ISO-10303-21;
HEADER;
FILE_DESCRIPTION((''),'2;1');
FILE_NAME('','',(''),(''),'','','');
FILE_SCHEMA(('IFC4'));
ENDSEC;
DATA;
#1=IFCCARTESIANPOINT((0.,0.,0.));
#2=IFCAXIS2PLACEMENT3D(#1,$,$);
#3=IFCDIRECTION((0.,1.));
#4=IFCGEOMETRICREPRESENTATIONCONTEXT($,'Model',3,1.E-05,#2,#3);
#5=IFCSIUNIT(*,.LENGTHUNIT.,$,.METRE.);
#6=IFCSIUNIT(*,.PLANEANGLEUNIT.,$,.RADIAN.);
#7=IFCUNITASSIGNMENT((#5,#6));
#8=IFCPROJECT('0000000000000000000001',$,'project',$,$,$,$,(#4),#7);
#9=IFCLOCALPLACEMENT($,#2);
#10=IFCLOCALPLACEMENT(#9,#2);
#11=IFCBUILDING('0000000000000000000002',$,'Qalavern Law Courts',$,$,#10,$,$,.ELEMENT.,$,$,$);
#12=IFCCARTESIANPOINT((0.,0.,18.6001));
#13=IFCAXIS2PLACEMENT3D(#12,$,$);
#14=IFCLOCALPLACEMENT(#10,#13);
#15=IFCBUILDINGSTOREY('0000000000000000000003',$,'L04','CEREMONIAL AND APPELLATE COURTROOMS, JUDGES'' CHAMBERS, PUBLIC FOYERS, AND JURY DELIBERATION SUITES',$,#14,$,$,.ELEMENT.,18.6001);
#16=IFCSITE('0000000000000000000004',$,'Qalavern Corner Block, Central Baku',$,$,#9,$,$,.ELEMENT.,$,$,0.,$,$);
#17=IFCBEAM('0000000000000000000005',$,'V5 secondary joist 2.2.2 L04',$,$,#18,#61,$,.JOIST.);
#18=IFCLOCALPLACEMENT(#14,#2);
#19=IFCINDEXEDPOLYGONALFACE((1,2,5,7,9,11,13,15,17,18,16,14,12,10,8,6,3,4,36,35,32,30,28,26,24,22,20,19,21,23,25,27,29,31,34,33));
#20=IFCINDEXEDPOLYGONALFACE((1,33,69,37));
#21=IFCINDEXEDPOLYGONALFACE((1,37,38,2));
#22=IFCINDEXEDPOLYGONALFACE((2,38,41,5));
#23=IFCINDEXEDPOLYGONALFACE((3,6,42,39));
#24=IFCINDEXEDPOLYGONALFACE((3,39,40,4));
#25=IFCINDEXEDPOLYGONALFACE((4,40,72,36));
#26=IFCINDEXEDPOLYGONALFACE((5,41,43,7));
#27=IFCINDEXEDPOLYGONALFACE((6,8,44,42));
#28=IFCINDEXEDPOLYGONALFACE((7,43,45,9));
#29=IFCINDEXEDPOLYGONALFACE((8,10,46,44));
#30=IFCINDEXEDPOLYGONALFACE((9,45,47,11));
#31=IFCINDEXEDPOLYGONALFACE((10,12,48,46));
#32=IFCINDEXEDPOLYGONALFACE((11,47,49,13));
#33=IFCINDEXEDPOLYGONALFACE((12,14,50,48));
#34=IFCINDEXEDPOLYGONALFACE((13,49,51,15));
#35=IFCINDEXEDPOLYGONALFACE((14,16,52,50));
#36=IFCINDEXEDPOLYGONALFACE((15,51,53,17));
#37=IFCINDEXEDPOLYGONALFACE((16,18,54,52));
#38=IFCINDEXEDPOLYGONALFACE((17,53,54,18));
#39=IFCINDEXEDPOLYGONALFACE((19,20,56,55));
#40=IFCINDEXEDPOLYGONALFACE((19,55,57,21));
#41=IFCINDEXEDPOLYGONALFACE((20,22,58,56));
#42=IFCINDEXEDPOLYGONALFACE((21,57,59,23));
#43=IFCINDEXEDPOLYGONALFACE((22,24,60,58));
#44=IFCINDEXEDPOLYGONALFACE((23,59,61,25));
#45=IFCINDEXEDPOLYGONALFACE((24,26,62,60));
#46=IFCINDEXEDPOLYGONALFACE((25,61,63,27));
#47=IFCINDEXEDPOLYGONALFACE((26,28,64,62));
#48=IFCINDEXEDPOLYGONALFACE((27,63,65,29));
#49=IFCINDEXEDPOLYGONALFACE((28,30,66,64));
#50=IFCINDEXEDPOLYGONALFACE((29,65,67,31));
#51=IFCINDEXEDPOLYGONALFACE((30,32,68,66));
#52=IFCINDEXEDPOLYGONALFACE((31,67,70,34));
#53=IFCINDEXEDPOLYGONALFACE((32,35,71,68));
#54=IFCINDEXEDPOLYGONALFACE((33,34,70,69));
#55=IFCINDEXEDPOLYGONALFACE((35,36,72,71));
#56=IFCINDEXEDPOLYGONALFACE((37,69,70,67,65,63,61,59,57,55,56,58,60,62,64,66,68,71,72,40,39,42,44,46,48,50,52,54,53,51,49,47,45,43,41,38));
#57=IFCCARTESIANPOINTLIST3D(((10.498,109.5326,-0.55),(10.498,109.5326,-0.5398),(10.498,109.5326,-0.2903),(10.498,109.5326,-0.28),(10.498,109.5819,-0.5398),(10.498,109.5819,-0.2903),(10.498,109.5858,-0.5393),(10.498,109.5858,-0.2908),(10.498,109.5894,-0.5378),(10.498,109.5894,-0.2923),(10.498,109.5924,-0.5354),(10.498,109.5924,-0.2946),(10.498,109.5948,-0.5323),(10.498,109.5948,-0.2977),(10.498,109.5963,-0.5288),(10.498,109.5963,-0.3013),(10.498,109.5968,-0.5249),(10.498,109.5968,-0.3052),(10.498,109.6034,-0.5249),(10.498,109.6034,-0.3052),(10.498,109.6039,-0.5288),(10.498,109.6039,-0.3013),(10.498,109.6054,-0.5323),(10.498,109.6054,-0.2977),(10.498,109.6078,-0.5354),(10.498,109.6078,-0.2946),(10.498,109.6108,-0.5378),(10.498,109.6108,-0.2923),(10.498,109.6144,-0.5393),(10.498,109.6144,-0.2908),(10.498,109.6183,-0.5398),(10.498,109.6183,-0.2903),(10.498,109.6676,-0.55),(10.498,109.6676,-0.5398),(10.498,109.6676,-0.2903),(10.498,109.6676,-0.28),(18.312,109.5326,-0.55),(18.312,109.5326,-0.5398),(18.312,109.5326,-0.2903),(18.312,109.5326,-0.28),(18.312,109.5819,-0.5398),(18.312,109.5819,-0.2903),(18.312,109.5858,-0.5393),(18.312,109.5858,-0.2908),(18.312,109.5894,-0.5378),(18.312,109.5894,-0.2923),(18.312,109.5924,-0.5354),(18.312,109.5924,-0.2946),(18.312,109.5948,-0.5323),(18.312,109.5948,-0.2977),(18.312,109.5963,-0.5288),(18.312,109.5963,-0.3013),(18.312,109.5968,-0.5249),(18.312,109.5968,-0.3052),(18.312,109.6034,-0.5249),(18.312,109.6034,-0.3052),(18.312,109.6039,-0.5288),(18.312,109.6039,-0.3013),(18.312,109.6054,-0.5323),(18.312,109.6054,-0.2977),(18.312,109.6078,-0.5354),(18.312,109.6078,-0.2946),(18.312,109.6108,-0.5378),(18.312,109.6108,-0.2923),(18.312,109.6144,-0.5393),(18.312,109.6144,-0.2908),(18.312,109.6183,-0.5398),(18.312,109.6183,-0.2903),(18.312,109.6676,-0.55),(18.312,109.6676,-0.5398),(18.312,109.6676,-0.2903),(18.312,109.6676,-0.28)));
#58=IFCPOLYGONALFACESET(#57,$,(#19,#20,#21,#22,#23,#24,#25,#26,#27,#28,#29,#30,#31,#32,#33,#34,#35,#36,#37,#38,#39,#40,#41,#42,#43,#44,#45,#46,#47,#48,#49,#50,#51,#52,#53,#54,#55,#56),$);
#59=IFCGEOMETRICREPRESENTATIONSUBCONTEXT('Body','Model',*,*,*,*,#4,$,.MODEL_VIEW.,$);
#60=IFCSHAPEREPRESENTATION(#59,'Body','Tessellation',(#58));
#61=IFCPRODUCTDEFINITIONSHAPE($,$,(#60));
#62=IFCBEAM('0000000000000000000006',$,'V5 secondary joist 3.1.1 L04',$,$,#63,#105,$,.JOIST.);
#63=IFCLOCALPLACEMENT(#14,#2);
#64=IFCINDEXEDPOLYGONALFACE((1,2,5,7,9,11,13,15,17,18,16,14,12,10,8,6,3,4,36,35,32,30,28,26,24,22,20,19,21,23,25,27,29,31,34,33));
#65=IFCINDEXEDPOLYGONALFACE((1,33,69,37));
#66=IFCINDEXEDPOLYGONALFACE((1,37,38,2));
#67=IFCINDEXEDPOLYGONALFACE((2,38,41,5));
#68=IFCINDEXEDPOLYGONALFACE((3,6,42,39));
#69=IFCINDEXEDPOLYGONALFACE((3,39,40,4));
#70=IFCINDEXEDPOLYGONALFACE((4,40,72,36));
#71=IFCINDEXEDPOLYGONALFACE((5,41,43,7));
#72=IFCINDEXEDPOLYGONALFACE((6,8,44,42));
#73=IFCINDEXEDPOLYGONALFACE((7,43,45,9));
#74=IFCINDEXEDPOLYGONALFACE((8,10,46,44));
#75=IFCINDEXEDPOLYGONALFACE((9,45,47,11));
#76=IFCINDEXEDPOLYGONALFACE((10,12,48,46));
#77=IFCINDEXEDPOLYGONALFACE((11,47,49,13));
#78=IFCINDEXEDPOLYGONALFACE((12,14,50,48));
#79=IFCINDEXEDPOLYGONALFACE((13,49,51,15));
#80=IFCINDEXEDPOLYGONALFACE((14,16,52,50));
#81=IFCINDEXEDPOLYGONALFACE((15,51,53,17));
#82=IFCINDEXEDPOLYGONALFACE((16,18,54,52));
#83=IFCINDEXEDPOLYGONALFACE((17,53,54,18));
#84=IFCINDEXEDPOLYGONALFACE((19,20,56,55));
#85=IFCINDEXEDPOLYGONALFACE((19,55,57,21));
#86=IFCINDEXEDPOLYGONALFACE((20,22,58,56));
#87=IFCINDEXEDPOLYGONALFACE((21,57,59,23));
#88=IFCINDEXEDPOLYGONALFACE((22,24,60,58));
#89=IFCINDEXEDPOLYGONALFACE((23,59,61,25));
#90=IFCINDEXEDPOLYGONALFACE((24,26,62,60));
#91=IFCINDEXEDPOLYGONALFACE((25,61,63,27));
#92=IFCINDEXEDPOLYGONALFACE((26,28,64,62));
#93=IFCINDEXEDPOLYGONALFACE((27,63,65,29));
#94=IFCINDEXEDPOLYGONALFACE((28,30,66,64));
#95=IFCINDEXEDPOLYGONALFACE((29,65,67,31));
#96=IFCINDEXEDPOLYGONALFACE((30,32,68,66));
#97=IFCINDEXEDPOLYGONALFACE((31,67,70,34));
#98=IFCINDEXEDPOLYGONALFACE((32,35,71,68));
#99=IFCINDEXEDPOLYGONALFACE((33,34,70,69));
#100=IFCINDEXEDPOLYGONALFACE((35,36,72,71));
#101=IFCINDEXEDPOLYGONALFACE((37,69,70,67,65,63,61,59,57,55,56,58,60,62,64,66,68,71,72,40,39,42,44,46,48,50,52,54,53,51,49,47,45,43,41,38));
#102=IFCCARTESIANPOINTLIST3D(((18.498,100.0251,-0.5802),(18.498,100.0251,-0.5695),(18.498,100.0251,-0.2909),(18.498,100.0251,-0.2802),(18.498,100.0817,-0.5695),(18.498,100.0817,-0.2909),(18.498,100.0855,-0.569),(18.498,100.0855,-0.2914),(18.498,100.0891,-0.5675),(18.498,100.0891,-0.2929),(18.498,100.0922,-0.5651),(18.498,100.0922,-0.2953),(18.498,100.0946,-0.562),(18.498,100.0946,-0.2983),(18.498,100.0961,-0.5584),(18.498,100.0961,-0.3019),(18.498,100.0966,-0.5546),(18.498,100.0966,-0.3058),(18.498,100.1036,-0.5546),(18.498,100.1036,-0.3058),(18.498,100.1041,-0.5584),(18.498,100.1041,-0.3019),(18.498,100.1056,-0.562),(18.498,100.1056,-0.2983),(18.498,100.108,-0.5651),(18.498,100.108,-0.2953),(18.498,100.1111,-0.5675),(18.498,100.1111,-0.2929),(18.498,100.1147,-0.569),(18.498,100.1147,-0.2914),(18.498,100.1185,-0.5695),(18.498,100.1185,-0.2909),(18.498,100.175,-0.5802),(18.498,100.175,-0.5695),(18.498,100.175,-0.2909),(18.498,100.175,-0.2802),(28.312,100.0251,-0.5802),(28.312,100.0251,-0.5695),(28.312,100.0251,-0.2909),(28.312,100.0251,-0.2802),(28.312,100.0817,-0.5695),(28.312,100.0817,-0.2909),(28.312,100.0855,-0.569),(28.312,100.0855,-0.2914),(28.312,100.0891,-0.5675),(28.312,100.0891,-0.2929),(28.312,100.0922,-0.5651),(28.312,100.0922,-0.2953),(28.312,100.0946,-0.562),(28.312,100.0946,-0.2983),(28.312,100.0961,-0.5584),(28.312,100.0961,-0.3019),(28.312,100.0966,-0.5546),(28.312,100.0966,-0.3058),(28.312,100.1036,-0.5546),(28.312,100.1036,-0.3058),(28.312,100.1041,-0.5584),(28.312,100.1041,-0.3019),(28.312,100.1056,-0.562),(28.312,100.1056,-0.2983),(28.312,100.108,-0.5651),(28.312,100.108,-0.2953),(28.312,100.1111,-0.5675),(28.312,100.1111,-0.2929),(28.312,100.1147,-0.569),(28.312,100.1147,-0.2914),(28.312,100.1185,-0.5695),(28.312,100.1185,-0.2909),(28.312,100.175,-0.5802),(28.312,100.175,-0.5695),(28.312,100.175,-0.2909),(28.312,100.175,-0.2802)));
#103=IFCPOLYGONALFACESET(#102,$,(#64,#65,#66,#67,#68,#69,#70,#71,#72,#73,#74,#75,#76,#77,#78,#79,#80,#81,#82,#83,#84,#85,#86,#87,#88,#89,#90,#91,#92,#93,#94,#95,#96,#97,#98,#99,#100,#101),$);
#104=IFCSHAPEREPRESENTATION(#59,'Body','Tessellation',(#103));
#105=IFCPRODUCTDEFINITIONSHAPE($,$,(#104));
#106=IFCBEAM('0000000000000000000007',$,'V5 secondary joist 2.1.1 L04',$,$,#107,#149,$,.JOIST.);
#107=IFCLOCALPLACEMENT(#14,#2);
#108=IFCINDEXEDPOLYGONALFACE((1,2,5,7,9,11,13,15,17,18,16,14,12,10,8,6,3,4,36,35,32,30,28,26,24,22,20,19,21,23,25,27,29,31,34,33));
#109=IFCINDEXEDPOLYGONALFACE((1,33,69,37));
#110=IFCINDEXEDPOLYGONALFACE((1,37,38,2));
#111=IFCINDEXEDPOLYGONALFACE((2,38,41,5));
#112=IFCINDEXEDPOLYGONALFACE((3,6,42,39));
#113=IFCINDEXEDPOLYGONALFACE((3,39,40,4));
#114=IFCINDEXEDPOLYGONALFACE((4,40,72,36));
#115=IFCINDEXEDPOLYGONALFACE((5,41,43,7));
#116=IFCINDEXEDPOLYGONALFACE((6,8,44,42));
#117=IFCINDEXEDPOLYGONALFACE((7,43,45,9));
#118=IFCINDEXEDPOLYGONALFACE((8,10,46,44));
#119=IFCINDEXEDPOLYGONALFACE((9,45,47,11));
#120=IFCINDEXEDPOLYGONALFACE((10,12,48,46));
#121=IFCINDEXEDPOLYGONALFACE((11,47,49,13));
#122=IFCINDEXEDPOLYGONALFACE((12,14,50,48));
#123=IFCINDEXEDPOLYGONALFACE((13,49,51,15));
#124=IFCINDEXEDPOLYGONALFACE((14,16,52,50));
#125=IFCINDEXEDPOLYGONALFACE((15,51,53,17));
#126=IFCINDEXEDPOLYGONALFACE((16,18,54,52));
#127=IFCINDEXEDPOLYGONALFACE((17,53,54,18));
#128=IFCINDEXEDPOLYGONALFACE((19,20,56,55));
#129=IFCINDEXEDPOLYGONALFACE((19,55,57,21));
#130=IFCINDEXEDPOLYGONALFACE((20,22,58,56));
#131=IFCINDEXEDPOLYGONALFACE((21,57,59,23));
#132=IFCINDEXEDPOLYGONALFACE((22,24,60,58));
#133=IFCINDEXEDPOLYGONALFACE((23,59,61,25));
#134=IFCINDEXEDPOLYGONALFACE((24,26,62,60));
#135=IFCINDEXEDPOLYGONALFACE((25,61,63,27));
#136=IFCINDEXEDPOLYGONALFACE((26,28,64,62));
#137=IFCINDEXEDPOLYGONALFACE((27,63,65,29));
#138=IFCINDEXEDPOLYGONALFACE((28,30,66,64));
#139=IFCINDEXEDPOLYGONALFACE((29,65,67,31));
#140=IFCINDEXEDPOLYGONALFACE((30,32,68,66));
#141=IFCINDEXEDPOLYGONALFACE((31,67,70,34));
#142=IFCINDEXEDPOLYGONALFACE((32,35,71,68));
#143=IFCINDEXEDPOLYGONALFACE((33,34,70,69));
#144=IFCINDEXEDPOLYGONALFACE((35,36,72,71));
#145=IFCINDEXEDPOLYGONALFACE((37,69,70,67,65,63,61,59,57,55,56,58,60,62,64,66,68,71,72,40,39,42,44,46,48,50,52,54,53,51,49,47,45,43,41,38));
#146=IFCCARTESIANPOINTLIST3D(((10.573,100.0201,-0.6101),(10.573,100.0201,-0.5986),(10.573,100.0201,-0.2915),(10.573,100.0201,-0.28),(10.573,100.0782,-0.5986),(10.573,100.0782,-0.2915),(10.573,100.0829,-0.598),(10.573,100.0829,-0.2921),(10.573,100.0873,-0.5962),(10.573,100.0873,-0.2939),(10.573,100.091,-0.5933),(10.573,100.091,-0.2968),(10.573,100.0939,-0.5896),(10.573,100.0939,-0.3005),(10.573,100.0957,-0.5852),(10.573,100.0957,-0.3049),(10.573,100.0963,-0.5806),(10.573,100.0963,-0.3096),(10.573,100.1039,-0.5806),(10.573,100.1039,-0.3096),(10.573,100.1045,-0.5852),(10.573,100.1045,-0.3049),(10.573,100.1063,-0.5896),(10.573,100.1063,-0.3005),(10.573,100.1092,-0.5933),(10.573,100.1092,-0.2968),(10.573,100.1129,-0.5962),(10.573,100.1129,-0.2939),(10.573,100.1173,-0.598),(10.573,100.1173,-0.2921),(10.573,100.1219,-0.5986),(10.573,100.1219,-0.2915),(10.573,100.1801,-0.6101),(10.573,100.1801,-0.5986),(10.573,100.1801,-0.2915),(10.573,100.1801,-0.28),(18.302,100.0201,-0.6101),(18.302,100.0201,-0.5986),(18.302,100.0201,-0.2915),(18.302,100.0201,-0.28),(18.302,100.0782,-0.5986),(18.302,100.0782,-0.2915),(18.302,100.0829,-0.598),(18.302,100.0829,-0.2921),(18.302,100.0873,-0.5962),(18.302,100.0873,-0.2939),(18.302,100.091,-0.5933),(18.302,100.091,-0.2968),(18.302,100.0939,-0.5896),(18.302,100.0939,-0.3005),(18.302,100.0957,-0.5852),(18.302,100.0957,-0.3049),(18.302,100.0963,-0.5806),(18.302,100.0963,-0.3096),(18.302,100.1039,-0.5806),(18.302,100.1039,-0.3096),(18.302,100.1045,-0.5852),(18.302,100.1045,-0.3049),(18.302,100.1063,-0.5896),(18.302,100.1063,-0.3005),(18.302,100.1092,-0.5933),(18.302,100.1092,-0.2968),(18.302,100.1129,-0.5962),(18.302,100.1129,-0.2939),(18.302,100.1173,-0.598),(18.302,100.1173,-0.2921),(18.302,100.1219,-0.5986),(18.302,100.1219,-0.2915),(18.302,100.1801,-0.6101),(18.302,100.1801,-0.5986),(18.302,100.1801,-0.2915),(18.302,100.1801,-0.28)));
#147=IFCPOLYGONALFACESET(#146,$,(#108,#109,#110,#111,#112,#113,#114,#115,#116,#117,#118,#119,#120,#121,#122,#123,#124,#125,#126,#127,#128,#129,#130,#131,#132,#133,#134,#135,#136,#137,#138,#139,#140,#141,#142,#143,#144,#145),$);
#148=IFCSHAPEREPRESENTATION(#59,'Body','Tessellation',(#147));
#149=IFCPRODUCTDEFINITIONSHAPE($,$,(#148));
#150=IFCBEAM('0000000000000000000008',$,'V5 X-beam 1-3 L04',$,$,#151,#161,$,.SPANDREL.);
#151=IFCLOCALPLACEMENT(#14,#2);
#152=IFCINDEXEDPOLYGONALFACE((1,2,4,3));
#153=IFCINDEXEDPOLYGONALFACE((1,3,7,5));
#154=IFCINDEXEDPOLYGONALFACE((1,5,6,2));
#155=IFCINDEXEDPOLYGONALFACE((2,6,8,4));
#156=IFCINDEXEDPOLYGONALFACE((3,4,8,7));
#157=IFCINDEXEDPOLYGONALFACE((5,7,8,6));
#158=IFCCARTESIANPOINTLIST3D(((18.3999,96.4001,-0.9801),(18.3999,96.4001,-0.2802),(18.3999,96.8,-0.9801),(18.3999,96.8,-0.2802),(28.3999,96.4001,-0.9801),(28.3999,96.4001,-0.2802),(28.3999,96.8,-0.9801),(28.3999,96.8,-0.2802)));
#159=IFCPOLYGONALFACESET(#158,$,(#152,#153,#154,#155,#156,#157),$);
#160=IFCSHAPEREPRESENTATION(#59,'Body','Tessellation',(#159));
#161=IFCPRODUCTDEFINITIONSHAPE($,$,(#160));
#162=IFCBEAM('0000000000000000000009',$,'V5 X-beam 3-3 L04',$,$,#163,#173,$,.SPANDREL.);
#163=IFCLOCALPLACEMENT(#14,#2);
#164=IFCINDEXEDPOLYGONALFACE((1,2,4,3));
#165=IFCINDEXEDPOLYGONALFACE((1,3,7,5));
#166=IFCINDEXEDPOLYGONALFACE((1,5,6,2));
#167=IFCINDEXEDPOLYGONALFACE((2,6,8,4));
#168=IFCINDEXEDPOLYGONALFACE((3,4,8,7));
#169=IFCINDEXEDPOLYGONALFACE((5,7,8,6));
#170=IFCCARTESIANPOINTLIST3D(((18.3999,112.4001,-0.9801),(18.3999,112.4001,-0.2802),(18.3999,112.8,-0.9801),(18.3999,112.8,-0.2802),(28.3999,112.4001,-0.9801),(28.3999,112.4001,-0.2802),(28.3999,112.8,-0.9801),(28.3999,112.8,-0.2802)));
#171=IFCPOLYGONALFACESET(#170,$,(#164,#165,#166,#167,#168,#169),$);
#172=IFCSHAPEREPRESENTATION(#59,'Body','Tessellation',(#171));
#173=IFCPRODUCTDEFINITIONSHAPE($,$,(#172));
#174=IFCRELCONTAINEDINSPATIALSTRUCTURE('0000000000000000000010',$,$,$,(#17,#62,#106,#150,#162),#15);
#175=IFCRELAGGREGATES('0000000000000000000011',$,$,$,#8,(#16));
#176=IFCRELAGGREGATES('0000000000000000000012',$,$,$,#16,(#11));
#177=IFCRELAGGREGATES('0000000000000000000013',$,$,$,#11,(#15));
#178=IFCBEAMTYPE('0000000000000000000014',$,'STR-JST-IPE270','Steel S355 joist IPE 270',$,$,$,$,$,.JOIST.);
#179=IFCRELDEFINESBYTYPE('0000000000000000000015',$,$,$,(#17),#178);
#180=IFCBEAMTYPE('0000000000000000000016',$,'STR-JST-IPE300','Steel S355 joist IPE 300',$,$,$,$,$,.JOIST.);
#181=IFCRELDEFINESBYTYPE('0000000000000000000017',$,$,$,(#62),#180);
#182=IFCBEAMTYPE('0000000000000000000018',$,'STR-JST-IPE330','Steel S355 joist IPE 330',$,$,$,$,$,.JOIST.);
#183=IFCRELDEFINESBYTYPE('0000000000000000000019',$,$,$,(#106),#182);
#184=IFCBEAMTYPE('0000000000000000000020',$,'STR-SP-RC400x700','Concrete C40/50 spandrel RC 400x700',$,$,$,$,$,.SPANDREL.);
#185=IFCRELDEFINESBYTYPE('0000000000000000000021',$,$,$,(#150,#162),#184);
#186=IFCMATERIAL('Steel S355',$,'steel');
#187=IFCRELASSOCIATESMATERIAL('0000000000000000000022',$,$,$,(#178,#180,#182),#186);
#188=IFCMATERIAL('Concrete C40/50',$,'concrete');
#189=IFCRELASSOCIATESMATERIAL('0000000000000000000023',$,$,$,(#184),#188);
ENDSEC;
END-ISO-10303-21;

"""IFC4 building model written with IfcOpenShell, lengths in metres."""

from ifc_helpers import new_model, si_unit, direction, frame, origin, origin_2d, place, context, subcontext, project, spatial, rectangle, i_section, extrude, material, material_profile, profile_set, type_object, element, save


model = new_model("IFC4")

# Units and contexts
model_context = context("Model", 3, precision=1e-05, world=origin(), true_north=direction((0.0, 1.0)))
body_context = subcontext(model_context, "Body", "Model", "MODEL_VIEW")
ifc_project = project(units=[si_unit("LENGTHUNIT", "METRE"), si_unit("PLANEANGLEUNIT", "RADIAN")], contexts=[model_context])

# Site, building, storey
site_placement = place(None, origin())
site = spatial("IfcSite", under=ifc_project, at=site_placement, Name="Qalavern Corner Block, Central Baku", CompositionType="ELEMENT", RefElevation=0.0)
building_placement = place(site_placement, origin())
building = spatial("IfcBuilding", under=site, at=building_placement, Name="Qalavern Law Courts", CompositionType="ELEMENT")
storey_placement = place(building_placement, frame((0.0, 0.0, 18.6001)))
storey = spatial("IfcBuildingStorey", under=building, at=storey_placement, Name="L04", Description="CEREMONIAL AND APPELLATE COURTROOMS, JUDGES' CHAMBERS, PUBLIC FOYERS, AND JURY DELIBERATION SUITES", CompositionType="ELEMENT", Elevation=18.6001)

# Beams
ifc_material_1 = material(Name="Steel S355", Category="steel")
ifc_material_profile_1 = material_profile(ifc_material_1, i_section(OverallWidth=0.135, OverallDepth=0.27, WebThickness=0.0066, FlangeThickness=0.0103, FilletRadius=0.0149, at=origin_2d()), Name="IPE 270")
ifc_profile_set_1 = profile_set([ifc_material_profile_1], Name="Steel S355")
beam_type_1 = type_object("IfcBeamType", Name="STR-JST-IPE270", Description="Steel S355 joist IPE 270", PredefinedType="JOIST", material=ifc_profile_set_1)
beam_1_placement = place(storey_placement, frame((10.498, 109.6001, -0.415), z_axis=(1.0, 0.0, 0.0), x_axis=(0.0, 1.0, 0.0)))
element("IfcBeam", 1, at=beam_1_placement, inside=storey, type_object=beam_type_1, Name="V5 secondary joist 2.2.2 L04", PredefinedType="JOIST", context=body_context, shape_type="SweptSolid", body=[
    extrude(i_section(OverallWidth=0.135, OverallDepth=0.27, WebThickness=0.0066, FlangeThickness=0.0103, FilletRadius=0.0149, at=origin_2d()), origin(), (0.0, 0.0, 1.0), 7.814),
])
ifc_material_profile_2 = material_profile(ifc_material_1, i_section(OverallWidth=0.1499, OverallDepth=0.3, WebThickness=0.0071, FlangeThickness=0.0107, FilletRadius=0.0149, at=origin_2d()), Name="IPE 300")
ifc_profile_set_2 = profile_set([ifc_material_profile_2], Name="Steel S355")
beam_type_2 = type_object("IfcBeamType", Name="STR-JST-IPE300", Description="Steel S355 joist IPE 300", PredefinedType="JOIST", material=ifc_profile_set_2)
beam_2_placement = place(storey_placement, frame((18.498, 100.1001, -0.4302), z_axis=(1.0, 0.0, 0.0), x_axis=(0.0, 1.0, 0.0)))
element("IfcBeam", 2, at=beam_2_placement, inside=storey, type_object=beam_type_2, Name="V5 secondary joist 3.1.1 L04", PredefinedType="JOIST", context=body_context, shape_type="SweptSolid", body=[
    extrude(i_section(OverallWidth=0.1499, OverallDepth=0.3, WebThickness=0.0071, FlangeThickness=0.0107, FilletRadius=0.0149, at=origin_2d()), origin(), (0.0, 0.0, 1.0), 9.814),
])
ifc_material_profile_3 = material_profile(ifc_material_1, i_section(OverallWidth=0.1599, OverallDepth=0.3301, WebThickness=0.0076, FlangeThickness=0.0115, FilletRadius=0.0181, at=origin_2d()), Name="IPE 330")
ifc_profile_set_3 = profile_set([ifc_material_profile_3], Name="Steel S355")
beam_type_3 = type_object("IfcBeamType", Name="STR-JST-IPE330", Description="Steel S355 joist IPE 330", PredefinedType="JOIST", material=ifc_profile_set_3)
beam_3_placement = place(storey_placement, frame((10.573, 100.1001, -0.4451), z_axis=(1.0, 0.0, 0.0), x_axis=(0.0, 1.0, 0.0)))
element("IfcBeam", 3, at=beam_3_placement, inside=storey, type_object=beam_type_3, Name="V5 secondary joist 2.1.1 L04", PredefinedType="JOIST", context=body_context, shape_type="SweptSolid", body=[
    extrude(i_section(OverallWidth=0.1599, OverallDepth=0.3301, WebThickness=0.0076, FlangeThickness=0.0115, FilletRadius=0.0181, at=origin_2d()), origin(), (0.0, 0.0, 1.0), 7.729),
])
ifc_material_2 = material(Name="Concrete C40/50", Category="concrete")
ifc_material_profile_4 = material_profile(ifc_material_2, rectangle(XDim=0.3999, YDim=0.7, at=origin_2d()), Name="RC 400x700")
ifc_profile_set_4 = profile_set([ifc_material_profile_4], Name="Concrete C40/50")
beam_type_4 = type_object("IfcBeamType", Name="STR-SP-RC400x700", Description="Concrete C40/50 spandrel RC 400x700", PredefinedType="SPANDREL", material=ifc_profile_set_4)
for number, where, z_axis, x_axis, name in (
    (4, (18.3999, 96.6001, -0.6301), (1.0, 0.0, 0.0), (0.0, 1.0, 0.0), "V5 X-beam 1-3 L04"),
    (5, (18.3999, 112.6001, -0.6301), (1.0, 0.0, 0.0), (0.0, 1.0, 0.0), "V5 X-beam 3-3 L04"),
):
    element("IfcBeam", number, at=place(storey_placement, frame(where, z_axis=z_axis, x_axis=x_axis)), inside=storey, type_object=beam_type_4, Name=name, PredefinedType="SPANDREL", context=body_context, shape_type="SweptSolid", body=[
        extrude(rectangle(XDim=0.3999, YDim=0.7, at=origin_2d()), origin(), (0.0, 0.0, 1.0), 10.0),
    ])

save(model, "model.ifc")
